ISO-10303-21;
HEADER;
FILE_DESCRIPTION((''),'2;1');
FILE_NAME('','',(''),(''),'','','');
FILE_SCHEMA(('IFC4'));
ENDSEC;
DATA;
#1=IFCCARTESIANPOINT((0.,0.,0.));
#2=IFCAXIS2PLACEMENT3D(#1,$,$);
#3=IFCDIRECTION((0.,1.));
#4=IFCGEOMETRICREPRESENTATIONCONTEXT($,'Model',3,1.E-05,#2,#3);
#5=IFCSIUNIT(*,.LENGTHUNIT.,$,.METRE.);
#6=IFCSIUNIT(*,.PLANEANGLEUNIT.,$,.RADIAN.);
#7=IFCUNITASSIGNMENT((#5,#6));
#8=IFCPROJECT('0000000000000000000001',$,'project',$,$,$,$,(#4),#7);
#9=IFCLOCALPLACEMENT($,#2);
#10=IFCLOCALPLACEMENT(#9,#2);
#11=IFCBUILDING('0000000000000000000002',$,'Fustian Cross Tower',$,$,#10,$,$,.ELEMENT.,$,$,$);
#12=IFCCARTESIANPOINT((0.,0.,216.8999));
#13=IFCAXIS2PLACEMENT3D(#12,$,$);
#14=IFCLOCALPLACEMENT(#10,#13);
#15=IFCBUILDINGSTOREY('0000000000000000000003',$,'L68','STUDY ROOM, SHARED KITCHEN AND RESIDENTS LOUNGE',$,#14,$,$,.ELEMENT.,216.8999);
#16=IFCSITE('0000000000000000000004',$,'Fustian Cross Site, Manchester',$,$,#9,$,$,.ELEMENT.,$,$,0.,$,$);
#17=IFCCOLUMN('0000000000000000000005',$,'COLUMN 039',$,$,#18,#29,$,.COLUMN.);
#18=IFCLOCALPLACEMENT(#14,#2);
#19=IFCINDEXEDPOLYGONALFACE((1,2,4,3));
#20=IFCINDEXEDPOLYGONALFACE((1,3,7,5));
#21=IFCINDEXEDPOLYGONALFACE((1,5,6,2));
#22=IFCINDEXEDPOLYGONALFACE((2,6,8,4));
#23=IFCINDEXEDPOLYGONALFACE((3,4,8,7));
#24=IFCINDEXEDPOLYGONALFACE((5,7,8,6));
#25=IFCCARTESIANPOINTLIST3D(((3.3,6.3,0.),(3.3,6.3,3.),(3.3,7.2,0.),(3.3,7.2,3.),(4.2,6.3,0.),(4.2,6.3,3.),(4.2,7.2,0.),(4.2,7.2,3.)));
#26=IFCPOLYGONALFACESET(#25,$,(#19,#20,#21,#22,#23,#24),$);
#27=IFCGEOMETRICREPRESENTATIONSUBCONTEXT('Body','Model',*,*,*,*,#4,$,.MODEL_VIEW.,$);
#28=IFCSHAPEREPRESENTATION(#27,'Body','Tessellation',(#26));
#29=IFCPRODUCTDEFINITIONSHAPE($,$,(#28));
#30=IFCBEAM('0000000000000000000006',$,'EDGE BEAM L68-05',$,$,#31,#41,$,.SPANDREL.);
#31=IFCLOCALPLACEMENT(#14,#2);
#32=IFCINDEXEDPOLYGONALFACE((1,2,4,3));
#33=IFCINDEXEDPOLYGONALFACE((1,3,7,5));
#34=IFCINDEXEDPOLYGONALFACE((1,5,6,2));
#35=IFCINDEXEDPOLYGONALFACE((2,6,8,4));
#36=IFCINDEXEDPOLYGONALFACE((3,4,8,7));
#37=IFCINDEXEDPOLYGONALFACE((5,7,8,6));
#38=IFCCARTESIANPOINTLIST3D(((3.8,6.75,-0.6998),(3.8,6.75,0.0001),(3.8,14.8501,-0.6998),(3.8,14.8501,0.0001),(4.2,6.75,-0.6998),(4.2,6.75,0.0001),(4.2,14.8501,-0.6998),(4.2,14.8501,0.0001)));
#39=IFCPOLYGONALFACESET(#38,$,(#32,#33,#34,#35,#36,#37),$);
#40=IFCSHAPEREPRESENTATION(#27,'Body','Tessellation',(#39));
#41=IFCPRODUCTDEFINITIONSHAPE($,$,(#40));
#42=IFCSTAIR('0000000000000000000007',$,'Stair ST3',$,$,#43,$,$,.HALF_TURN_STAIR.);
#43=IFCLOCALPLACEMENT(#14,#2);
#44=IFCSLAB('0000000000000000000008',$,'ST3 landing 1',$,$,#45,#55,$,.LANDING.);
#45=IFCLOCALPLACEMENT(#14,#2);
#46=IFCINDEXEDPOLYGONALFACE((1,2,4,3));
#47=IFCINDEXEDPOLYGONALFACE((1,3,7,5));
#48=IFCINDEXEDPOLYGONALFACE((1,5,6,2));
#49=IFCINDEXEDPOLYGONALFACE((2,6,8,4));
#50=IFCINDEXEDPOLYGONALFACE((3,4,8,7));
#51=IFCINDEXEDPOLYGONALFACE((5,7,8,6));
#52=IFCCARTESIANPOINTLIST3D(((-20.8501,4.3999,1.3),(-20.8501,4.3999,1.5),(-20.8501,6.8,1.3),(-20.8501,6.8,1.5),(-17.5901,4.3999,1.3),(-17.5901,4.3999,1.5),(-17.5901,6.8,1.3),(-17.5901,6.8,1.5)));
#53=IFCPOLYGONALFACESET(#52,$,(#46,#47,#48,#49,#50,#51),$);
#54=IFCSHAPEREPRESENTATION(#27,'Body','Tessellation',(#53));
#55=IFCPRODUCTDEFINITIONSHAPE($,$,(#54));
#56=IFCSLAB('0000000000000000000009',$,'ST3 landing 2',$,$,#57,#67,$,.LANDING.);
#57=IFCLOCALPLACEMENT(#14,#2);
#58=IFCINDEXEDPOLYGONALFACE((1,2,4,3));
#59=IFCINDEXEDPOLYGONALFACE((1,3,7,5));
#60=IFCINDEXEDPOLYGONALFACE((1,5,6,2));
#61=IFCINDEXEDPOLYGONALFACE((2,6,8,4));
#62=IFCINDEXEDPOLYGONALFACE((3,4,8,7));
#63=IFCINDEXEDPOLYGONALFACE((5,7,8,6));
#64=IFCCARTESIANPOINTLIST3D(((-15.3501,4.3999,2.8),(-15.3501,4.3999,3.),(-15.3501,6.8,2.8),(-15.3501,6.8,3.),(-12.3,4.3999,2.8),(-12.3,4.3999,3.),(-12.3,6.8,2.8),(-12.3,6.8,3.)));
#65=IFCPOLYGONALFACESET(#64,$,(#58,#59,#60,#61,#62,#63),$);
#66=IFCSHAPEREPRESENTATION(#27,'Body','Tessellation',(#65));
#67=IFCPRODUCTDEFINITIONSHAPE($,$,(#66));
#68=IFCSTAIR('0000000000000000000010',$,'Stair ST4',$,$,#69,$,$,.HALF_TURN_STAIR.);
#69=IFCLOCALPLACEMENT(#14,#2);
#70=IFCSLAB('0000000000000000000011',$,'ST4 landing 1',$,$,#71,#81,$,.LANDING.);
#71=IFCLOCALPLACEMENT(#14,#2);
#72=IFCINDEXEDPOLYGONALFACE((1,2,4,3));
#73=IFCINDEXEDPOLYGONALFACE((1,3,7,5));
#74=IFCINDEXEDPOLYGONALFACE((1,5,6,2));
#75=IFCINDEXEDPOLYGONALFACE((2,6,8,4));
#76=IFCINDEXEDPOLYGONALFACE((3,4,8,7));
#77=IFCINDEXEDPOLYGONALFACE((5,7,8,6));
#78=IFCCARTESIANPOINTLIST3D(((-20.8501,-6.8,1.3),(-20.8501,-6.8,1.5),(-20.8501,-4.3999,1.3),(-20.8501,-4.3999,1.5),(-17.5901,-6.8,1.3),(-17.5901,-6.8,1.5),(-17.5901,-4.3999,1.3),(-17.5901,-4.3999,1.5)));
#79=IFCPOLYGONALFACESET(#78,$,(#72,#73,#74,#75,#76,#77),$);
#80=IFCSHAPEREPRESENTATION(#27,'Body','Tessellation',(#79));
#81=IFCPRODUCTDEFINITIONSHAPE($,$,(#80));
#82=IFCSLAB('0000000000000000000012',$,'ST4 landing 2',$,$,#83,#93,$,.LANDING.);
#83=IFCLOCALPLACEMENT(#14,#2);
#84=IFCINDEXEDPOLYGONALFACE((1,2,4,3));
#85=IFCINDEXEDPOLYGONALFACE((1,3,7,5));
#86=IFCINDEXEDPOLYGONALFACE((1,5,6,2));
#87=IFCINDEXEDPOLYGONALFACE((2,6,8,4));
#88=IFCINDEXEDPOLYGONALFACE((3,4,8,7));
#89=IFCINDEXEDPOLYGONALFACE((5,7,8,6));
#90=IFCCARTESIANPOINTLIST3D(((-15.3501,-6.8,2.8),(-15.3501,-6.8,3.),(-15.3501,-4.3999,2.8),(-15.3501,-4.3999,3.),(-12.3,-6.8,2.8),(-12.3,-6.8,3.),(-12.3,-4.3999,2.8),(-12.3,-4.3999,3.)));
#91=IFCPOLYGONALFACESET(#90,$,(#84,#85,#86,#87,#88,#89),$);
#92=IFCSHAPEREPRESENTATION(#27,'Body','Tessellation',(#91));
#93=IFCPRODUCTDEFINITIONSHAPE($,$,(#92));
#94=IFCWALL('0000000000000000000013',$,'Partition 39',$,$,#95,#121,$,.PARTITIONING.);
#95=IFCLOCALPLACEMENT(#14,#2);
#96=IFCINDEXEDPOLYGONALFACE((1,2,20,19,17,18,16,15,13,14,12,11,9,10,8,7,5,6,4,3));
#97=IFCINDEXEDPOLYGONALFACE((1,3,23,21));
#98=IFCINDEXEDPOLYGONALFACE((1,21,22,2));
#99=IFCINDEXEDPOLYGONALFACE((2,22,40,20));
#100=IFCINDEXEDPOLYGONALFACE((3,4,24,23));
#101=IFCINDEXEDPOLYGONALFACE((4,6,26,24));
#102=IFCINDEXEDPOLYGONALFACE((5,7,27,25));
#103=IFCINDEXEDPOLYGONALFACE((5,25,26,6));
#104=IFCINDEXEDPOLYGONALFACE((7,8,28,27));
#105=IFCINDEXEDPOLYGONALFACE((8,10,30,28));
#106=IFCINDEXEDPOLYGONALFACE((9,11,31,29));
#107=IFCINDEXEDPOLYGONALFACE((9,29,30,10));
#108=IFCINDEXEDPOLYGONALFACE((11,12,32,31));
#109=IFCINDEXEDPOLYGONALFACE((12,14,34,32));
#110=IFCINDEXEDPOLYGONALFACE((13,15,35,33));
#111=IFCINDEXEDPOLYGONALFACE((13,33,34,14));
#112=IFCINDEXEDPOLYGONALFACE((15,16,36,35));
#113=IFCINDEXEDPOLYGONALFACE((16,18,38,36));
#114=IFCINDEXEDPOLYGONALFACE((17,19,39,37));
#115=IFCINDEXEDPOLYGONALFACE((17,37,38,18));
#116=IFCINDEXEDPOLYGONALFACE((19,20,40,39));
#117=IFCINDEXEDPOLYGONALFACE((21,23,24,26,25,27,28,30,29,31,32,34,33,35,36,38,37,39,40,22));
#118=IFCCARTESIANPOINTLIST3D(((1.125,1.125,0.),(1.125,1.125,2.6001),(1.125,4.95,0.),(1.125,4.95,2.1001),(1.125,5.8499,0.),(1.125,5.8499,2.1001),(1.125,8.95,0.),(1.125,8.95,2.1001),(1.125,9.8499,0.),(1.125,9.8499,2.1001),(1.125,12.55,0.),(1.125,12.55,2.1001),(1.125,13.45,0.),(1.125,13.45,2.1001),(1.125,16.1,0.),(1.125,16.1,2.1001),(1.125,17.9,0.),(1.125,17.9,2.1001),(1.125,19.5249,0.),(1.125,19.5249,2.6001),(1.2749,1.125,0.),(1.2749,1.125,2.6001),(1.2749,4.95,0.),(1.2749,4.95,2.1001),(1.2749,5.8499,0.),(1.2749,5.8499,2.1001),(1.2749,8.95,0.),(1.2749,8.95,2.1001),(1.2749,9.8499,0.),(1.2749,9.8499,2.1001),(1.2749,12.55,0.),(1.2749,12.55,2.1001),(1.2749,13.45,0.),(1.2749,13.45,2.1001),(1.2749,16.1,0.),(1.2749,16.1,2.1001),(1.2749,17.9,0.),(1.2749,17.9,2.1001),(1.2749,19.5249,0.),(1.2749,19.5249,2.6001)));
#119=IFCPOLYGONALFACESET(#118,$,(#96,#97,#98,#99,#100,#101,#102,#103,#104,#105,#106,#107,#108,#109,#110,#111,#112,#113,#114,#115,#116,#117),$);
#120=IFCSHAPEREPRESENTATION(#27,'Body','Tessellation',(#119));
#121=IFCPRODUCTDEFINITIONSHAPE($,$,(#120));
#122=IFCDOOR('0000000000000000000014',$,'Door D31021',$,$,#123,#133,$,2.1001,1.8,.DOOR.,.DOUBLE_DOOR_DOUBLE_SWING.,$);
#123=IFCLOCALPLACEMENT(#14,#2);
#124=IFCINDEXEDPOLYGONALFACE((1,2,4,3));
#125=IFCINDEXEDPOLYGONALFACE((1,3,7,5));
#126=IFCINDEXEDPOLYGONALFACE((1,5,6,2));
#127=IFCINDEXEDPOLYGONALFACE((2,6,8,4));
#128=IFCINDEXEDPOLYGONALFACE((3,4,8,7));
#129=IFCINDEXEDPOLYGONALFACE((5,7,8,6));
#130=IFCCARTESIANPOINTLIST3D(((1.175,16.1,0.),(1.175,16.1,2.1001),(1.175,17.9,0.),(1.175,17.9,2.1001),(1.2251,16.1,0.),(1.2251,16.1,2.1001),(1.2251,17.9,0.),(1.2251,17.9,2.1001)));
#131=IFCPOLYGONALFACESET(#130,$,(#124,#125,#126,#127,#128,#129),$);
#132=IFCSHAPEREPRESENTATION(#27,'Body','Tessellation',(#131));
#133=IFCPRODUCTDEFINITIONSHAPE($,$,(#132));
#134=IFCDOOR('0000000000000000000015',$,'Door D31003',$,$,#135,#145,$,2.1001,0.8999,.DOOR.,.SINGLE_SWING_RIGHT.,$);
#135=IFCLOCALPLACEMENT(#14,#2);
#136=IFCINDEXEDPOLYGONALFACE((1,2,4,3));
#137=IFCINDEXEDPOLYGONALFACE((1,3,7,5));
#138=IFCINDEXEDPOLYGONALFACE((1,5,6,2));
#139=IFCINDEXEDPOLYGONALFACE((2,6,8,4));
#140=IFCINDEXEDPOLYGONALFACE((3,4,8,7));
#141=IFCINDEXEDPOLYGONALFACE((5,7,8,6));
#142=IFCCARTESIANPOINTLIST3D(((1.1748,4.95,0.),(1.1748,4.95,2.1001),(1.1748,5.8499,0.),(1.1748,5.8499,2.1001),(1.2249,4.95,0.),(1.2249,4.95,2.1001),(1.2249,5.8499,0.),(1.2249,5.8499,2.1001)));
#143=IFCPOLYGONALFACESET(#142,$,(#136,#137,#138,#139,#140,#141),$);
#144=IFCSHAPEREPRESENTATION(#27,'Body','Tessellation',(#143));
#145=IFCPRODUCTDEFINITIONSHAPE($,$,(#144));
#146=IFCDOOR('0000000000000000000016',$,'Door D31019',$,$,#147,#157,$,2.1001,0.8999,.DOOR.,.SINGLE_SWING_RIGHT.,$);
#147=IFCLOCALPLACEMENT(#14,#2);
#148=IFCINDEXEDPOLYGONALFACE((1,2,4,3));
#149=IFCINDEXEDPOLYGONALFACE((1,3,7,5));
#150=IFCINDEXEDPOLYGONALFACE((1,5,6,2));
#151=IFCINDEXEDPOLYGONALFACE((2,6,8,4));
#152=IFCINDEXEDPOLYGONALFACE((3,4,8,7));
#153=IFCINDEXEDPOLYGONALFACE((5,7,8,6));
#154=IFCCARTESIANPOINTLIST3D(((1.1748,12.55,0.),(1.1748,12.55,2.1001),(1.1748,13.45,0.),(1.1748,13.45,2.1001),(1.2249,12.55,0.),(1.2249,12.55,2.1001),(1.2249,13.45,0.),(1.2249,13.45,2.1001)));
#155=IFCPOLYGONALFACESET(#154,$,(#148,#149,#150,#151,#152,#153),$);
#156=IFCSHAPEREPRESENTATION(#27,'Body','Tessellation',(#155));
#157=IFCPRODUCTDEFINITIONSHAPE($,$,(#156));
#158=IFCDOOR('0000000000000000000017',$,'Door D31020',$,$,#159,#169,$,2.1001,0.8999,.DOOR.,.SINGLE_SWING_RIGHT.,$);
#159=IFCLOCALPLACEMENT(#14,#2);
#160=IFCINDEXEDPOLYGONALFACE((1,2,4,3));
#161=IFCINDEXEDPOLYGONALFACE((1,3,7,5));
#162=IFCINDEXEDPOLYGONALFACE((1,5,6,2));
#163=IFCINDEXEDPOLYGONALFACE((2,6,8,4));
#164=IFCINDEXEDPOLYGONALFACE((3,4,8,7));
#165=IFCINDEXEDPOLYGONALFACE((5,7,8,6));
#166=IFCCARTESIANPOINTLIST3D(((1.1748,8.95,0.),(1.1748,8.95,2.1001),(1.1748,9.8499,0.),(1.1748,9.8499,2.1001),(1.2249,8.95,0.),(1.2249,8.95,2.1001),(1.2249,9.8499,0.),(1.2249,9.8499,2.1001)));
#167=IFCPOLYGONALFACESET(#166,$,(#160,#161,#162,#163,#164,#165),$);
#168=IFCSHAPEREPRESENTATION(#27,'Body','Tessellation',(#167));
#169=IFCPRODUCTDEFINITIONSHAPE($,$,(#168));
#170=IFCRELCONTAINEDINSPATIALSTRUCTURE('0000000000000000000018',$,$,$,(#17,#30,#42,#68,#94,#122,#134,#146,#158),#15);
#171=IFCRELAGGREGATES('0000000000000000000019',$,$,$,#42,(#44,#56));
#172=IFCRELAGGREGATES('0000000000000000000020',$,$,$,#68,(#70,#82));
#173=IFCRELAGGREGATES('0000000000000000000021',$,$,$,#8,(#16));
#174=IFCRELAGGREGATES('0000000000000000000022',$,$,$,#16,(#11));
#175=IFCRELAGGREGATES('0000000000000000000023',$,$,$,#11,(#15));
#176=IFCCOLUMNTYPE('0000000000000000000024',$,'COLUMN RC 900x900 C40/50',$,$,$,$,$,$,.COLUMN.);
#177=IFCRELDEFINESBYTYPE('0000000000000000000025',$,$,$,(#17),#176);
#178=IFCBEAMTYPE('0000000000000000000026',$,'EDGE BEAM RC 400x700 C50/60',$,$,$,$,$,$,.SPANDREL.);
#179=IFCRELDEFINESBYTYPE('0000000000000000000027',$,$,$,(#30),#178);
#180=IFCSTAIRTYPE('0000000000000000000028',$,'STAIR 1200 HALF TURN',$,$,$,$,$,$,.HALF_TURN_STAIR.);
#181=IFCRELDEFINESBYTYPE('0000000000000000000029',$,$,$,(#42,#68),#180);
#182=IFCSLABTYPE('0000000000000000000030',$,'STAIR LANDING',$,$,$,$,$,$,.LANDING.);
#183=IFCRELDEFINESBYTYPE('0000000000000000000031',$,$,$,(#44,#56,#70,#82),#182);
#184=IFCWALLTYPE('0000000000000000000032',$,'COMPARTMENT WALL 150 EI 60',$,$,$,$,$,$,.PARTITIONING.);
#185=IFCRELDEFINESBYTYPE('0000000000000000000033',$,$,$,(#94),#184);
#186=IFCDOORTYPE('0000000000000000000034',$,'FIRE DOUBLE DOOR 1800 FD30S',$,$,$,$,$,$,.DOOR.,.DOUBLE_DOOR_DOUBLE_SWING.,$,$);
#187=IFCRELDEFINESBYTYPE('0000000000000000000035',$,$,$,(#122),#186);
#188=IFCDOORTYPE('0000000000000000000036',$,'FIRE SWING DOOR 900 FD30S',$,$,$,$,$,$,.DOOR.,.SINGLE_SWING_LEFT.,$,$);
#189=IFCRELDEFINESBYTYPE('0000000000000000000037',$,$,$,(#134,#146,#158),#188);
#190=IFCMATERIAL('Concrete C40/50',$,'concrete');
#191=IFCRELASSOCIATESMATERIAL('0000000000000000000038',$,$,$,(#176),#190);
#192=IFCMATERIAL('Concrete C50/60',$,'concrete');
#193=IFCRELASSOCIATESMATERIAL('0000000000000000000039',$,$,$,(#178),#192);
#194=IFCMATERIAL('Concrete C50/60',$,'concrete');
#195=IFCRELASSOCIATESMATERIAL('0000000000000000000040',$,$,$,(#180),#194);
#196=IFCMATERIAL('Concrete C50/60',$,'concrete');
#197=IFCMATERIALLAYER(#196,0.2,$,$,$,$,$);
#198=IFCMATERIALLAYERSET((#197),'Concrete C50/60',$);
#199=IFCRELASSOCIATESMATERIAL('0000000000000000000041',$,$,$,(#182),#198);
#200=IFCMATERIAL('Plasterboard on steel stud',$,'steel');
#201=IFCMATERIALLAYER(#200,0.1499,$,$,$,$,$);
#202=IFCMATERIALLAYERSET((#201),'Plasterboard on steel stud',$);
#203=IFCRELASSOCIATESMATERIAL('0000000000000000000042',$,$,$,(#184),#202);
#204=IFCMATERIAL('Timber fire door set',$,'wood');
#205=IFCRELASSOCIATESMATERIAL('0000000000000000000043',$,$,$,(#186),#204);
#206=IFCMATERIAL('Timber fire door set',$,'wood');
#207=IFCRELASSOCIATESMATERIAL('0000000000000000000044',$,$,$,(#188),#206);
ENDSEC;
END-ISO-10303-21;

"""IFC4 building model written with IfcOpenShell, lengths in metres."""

from ifc_helpers import new_model, si_unit, direction, frame, frame_2d, origin, origin_2d, place, context, subcontext, project, spatial, polyline, rectangle, outline, extrude, material, layer, layer_set, material_profile, profile_set, type_object, element, fill, aggregate, save


model = new_model("IFC4")

# Units and contexts
model_context = context("Model", 3, precision=1e-05, world=origin(), true_north=direction((0.0, 1.0)))
body_context = subcontext(model_context, "Body", "Model", "MODEL_VIEW")
ifc_project = project(units=[si_unit("LENGTHUNIT", "METRE"), si_unit("PLANEANGLEUNIT", "RADIAN")], contexts=[model_context])

# Site, building, storey
site_placement = place(None, origin())
site = spatial("IfcSite", under=ifc_project, at=site_placement, Name="Fustian Cross Site, Manchester", CompositionType="ELEMENT", RefElevation=0.0)
building_placement = place(site_placement, origin())
building = spatial("IfcBuilding", under=site, at=building_placement, Name="Fustian Cross Tower", CompositionType="ELEMENT")
storey_placement = place(building_placement, frame((0.0, 0.0, 216.8999)))
storey = spatial("IfcBuildingStorey", under=building, at=storey_placement, Name="L68", Description="STUDY ROOM, SHARED KITCHEN AND RESIDENTS LOUNGE", CompositionType="ELEMENT", Elevation=216.8999)

# Column
ifc_material_1 = material(Name="Concrete C40/50", Category="concrete")
ifc_material_profile_1 = material_profile(ifc_material_1, rectangle(XDim=0.8999, YDim=0.8999, at=origin_2d()), Name="RC 900x900")
ifc_profile_set_1 = profile_set([ifc_material_profile_1], Name="Concrete C40/50")
column_type = type_object("IfcColumnType", Name="COLUMN RC 900x900 C40/50", PredefinedType="COLUMN", material=ifc_profile_set_1)
column_placement = place(storey_placement, frame((3.75, 6.75, 0.0), z_axis=(0.0, 0.0, 1.0), x_axis=(1.0, 0.0, 0.0)))
element("IfcColumn", 1, at=column_placement, inside=storey, type_object=column_type, Name="COLUMN 039", PredefinedType="COLUMN", context=body_context, shape_type="SweptSolid", body=[
    extrude(rectangle(XDim=0.8999, YDim=0.8999, at=origin_2d()), origin(), (0.0, 0.0, 1.0), 3.0),
])

# Beam
ifc_material_2 = material(Name="Concrete C50/60", Category="concrete")
ifc_material_profile_2 = material_profile(ifc_material_2, rectangle(XDim=0.3999, YDim=0.7, at=origin_2d()), Name="RC 400x700")
ifc_profile_set_2 = profile_set([ifc_material_profile_2], Name="Concrete C50/60")
beam_type = type_object("IfcBeamType", Name="EDGE BEAM RC 400x700 C50/60", PredefinedType="SPANDREL", material=ifc_profile_set_2)
beam_placement = place(storey_placement, frame((4.0, 6.75, -0.3499), z_axis=(0.0, 1.0, 0.0), x_axis=(-1.0, 0.0, 0.0)))
element("IfcBeam", 2, at=beam_placement, inside=storey, type_object=beam_type, Name="EDGE BEAM L68-05", PredefinedType="SPANDREL", context=body_context, shape_type="SweptSolid", body=[
    extrude(rectangle(XDim=0.3999, YDim=0.7, at=origin_2d()), origin(), (0.0, 0.0, 1.0), 8.1001),
])

# Stairs, slabs
ifc_material_3 = material(Name="Concrete C50/60", Category="concrete")
stair_type = type_object("IfcStairType", Name="STAIR 1200 HALF TURN", PredefinedType="HALF_TURN_STAIR", material=ifc_material_3)
stair_1_placement = place(storey_placement, origin())
stair_1 = element("IfcStair", 3, at=stair_1_placement, inside=storey, type_object=stair_type, Name="Stair ST3", PredefinedType="HALF_TURN_STAIR")
ifc_material_4 = material(Name="Concrete C50/60", Category="concrete")
ifc_layer_1 = layer(ifc_material_4, 0.2)
ifc_layer_set_1 = layer_set([ifc_layer_1], Name="Concrete C50/60")
slab_type = type_object("IfcSlabType", Name="STAIR LANDING", PredefinedType="LANDING", material=ifc_layer_set_1)
slab_1_placement = place(storey_placement, frame((0.0, 0.0, 1.3)))
slab_1 = element("IfcSlab", 4, at=slab_1_placement, type_object=slab_type, Name="ST3 landing 1", PredefinedType="LANDING", context=body_context, shape_type="SweptSolid", body=[
    extrude(outline(polyline([(-17.5901, 4.3999), (-20.8501, 4.3999), (-20.8501, 6.8), (-17.5901, 6.8), (-17.5901, 4.3999)])), origin(), (0.0, 0.0, 1.0), 0.2),
])
slab_2_placement = place(storey_placement, frame((0.0, 0.0, 2.8)))
slab_2 = element("IfcSlab", 5, at=slab_2_placement, type_object=slab_type, Name="ST3 landing 2", PredefinedType="LANDING", context=body_context, shape_type="SweptSolid", body=[
    extrude(outline(polyline([(-12.3, 4.3999), (-15.3501, 4.3999), (-15.3501, 6.8), (-12.3, 6.8), (-12.3, 4.3999)])), origin(), (0.0, 0.0, 1.0), 0.2),
])
aggregate(stair_1, [slab_1, slab_2])
stair_2_placement = place(storey_placement, origin())
stair_2 = element("IfcStair", 6, at=stair_2_placement, inside=storey, type_object=stair_type, Name="Stair ST4", PredefinedType="HALF_TURN_STAIR")
slab_3_placement = place(storey_placement, frame((0.0, 0.0, 1.3)))
slab_3 = element("IfcSlab", 7, at=slab_3_placement, type_object=slab_type, Name="ST4 landing 1", PredefinedType="LANDING", context=body_context, shape_type="SweptSolid", body=[
    extrude(outline(polyline([(-17.5901, -4.3999), (-20.8501, -4.3999), (-20.8501, -6.8), (-17.5901, -6.8), (-17.5901, -4.3999)])), origin(), (0.0, 0.0, 1.0), 0.2),
])
slab_4_placement = place(storey_placement, frame((0.0, 0.0, 2.8)))
slab_4 = element("IfcSlab", 8, at=slab_4_placement, type_object=slab_type, Name="ST4 landing 2", PredefinedType="LANDING", context=body_context, shape_type="SweptSolid", body=[
    extrude(outline(polyline([(-12.3, -4.3999), (-15.3501, -4.3999), (-15.3501, -6.8), (-12.3, -6.8), (-12.3, -4.3999)])), origin(), (0.0, 0.0, 1.0), 0.2),
])
aggregate(stair_2, [slab_3, slab_4])

# Wall, openings, doors
ifc_material_5 = material(Name="Plasterboard on steel stud", Category="steel")
ifc_layer_2 = layer(ifc_material_5, 0.1499)
ifc_layer_set_2 = layer_set([ifc_layer_2], Name="Plasterboard on steel stud")
wall_type_1 = type_object("IfcWallType", Name="COMPARTMENT WALL 150 EI 60", PredefinedType="PARTITIONING", material=ifc_layer_set_2)
wall_1_placement = place(storey_placement, frame((1.2, 1.125, 0.0), z_axis=(0.0, 0.0, 1.0), x_axis=(0.0, 1.0, 0.0)))
wall_1 = element("IfcWall", 9, at=wall_1_placement, inside=storey, type_object=wall_type_1, Name="Partition 39", PredefinedType="PARTITIONING", context=body_context, shape_type="SweptSolid", body=[
    extrude(rectangle(XDim=18.3999, YDim=0.1499, at=frame_2d((9.2, 0.0))), origin(), (0.0, 0.0, 1.0), 2.6001),
])
opening_1_placement = place(wall_1_placement, frame((3.825, 0.0, 0.0)))
opening_1 = element("IfcOpeningElement", 10, at=opening_1_placement, cuts=wall_1, PredefinedType="OPENING", context=body_context, shape_type="SweptSolid", body=[
    extrude(rectangle(XDim=0.8999, YDim=2.1001, at=frame_2d((0.45, 1.05))), frame((0.0, 0.085, 0.0), z_axis=(0.0, -1.0, 0.0), x_axis=(1.0, 0.0, 0.0)), (0.0, 0.0, 1.0), 0.1699),
])
opening_2_placement = place(wall_1_placement, frame((11.425, 0.0, 0.0)))
opening_2 = element("IfcOpeningElement", 11, at=opening_2_placement, cuts=wall_1, PredefinedType="OPENING", context=body_context, shape_type="SweptSolid", body=[
    extrude(rectangle(XDim=0.8999, YDim=2.1001, at=frame_2d((0.45, 1.05))), frame((0.0, 0.085, 0.0), z_axis=(0.0, -1.0, 0.0), x_axis=(1.0, 0.0, 0.0)), (0.0, 0.0, 1.0), 0.1699),
])
opening_3_placement = place(wall_1_placement, frame((7.825, 0.0, 0.0)))
opening_3 = element("IfcOpeningElement", 12, at=opening_3_placement, cuts=wall_1, PredefinedType="OPENING", context=body_context, shape_type="SweptSolid", body=[
    extrude(rectangle(XDim=0.8999, YDim=2.1001, at=frame_2d((0.45, 1.05))), frame((0.0, 0.085, 0.0), z_axis=(0.0, -1.0, 0.0), x_axis=(1.0, 0.0, 0.0)), (0.0, 0.0, 1.0), 0.1699),
])
opening_4_placement = place(wall_1_placement, frame((14.9751, 0.0, 0.0)))
opening_4 = element("IfcOpeningElement", 13, at=opening_4_placement, cuts=wall_1, PredefinedType="OPENING", context=body_context, shape_type="SweptSolid", body=[
    extrude(rectangle(XDim=1.8, YDim=2.1001, at=frame_2d((0.8999, 1.05))), frame((0.0, 0.085, 0.0), z_axis=(0.0, -1.0, 0.0), x_axis=(1.0, 0.0, 0.0)), (0.0, 0.0, 1.0), 0.1699),
])
ifc_material_6 = material(Name="Timber fire door set", Category="wood")
door_type_1 = type_object("IfcDoorType", Name="FIRE DOUBLE DOOR 1800 FD30S", OperationType="DOUBLE_DOOR_DOUBLE_SWING", PredefinedType="DOOR", material=ifc_material_6)
door_1_placement = place(opening_4_placement, origin())
door_1 = element("IfcDoor", 14, at=door_1_placement, inside=storey, type_object=door_type_1, Name="Door D31021", OperationType="DOUBLE_DOOR_DOUBLE_SWING", OverallHeight=2.1001, OverallWidth=1.8, PredefinedType="DOOR", context=body_context, shape_type="SweptSolid", body=[
    extrude(rectangle(XDim=1.8, YDim=2.1001, at=frame_2d((0.8999, 1.05))), frame((0.0, 0.0249, 0.0), z_axis=(0.0, -1.0, 0.0), x_axis=(1.0, 0.0, 0.0)), (0.0, 0.0, 1.0), 0.05),
])
fill(opening_4, door_1)
ifc_material_7 = material(Name="Timber fire door set", Category="wood")
door_type_2 = type_object("IfcDoorType", Name="FIRE SWING DOOR 900 FD30S", OperationType="SINGLE_SWING_LEFT", PredefinedType="DOOR", material=ifc_material_7)
door_2_placement = place(opening_1_placement, frame((0.8999, 0.0, 0.0), z_axis=(0.0, 0.0, 1.0), x_axis=(-1.0, 0.0, 0.0)))
door_2 = element("IfcDoor", 15, at=door_2_placement, inside=storey, type_object=door_type_2, Name="Door D31003", OperationType="SINGLE_SWING_RIGHT", OverallHeight=2.1001, OverallWidth=0.8999, PredefinedType="DOOR", context=body_context, shape_type="SweptSolid", body=[
    extrude(rectangle(XDim=0.8999, YDim=2.1001, at=frame_2d((0.45, 1.05))), frame((0.0, 0.0249, 0.0), z_axis=(0.0, -1.0, 0.0), x_axis=(1.0, 0.0, 0.0)), (0.0, 0.0, 1.0), 0.05),
])
fill(opening_1, door_2)
door_3_placement = place(opening_2_placement, frame((0.8999, 0.0, 0.0), z_axis=(0.0, 0.0, 1.0), x_axis=(-1.0, 0.0, 0.0)))
door_3 = element("IfcDoor", 16, at=door_3_placement, inside=storey, type_object=door_type_2, Name="Door D31019", OperationType="SINGLE_SWING_RIGHT", OverallHeight=2.1001, OverallWidth=0.8999, PredefinedType="DOOR", context=body_context, shape_type="SweptSolid", body=[
    extrude(rectangle(XDim=0.8999, YDim=2.1001, at=frame_2d((0.45, 1.05))), frame((0.0, 0.0249, 0.0), z_axis=(0.0, -1.0, 0.0), x_axis=(1.0, 0.0, 0.0)), (0.0, 0.0, 1.0), 0.05),
])
fill(opening_2, door_3)
door_4_placement = place(opening_3_placement, frame((0.8999, 0.0, 0.0), z_axis=(0.0, 0.0, 1.0), x_axis=(-1.0, 0.0, 0.0)))
door_4 = element("IfcDoor", 17, at=door_4_placement, inside=storey, type_object=door_type_2, Name="Door D31020", OperationType="SINGLE_SWING_RIGHT", OverallHeight=2.1001, OverallWidth=0.8999, PredefinedType="DOOR", context=body_context, shape_type="SweptSolid", body=[
    extrude(rectangle(XDim=0.8999, YDim=2.1001, at=frame_2d((0.45, 1.05))), frame((0.0, 0.0249, 0.0), z_axis=(0.0, -1.0, 0.0), x_axis=(1.0, 0.0, 0.0)), (0.0, 0.0, 1.0), 0.05),
])
fill(opening_3, door_4)

save(model, "model.ifc")
